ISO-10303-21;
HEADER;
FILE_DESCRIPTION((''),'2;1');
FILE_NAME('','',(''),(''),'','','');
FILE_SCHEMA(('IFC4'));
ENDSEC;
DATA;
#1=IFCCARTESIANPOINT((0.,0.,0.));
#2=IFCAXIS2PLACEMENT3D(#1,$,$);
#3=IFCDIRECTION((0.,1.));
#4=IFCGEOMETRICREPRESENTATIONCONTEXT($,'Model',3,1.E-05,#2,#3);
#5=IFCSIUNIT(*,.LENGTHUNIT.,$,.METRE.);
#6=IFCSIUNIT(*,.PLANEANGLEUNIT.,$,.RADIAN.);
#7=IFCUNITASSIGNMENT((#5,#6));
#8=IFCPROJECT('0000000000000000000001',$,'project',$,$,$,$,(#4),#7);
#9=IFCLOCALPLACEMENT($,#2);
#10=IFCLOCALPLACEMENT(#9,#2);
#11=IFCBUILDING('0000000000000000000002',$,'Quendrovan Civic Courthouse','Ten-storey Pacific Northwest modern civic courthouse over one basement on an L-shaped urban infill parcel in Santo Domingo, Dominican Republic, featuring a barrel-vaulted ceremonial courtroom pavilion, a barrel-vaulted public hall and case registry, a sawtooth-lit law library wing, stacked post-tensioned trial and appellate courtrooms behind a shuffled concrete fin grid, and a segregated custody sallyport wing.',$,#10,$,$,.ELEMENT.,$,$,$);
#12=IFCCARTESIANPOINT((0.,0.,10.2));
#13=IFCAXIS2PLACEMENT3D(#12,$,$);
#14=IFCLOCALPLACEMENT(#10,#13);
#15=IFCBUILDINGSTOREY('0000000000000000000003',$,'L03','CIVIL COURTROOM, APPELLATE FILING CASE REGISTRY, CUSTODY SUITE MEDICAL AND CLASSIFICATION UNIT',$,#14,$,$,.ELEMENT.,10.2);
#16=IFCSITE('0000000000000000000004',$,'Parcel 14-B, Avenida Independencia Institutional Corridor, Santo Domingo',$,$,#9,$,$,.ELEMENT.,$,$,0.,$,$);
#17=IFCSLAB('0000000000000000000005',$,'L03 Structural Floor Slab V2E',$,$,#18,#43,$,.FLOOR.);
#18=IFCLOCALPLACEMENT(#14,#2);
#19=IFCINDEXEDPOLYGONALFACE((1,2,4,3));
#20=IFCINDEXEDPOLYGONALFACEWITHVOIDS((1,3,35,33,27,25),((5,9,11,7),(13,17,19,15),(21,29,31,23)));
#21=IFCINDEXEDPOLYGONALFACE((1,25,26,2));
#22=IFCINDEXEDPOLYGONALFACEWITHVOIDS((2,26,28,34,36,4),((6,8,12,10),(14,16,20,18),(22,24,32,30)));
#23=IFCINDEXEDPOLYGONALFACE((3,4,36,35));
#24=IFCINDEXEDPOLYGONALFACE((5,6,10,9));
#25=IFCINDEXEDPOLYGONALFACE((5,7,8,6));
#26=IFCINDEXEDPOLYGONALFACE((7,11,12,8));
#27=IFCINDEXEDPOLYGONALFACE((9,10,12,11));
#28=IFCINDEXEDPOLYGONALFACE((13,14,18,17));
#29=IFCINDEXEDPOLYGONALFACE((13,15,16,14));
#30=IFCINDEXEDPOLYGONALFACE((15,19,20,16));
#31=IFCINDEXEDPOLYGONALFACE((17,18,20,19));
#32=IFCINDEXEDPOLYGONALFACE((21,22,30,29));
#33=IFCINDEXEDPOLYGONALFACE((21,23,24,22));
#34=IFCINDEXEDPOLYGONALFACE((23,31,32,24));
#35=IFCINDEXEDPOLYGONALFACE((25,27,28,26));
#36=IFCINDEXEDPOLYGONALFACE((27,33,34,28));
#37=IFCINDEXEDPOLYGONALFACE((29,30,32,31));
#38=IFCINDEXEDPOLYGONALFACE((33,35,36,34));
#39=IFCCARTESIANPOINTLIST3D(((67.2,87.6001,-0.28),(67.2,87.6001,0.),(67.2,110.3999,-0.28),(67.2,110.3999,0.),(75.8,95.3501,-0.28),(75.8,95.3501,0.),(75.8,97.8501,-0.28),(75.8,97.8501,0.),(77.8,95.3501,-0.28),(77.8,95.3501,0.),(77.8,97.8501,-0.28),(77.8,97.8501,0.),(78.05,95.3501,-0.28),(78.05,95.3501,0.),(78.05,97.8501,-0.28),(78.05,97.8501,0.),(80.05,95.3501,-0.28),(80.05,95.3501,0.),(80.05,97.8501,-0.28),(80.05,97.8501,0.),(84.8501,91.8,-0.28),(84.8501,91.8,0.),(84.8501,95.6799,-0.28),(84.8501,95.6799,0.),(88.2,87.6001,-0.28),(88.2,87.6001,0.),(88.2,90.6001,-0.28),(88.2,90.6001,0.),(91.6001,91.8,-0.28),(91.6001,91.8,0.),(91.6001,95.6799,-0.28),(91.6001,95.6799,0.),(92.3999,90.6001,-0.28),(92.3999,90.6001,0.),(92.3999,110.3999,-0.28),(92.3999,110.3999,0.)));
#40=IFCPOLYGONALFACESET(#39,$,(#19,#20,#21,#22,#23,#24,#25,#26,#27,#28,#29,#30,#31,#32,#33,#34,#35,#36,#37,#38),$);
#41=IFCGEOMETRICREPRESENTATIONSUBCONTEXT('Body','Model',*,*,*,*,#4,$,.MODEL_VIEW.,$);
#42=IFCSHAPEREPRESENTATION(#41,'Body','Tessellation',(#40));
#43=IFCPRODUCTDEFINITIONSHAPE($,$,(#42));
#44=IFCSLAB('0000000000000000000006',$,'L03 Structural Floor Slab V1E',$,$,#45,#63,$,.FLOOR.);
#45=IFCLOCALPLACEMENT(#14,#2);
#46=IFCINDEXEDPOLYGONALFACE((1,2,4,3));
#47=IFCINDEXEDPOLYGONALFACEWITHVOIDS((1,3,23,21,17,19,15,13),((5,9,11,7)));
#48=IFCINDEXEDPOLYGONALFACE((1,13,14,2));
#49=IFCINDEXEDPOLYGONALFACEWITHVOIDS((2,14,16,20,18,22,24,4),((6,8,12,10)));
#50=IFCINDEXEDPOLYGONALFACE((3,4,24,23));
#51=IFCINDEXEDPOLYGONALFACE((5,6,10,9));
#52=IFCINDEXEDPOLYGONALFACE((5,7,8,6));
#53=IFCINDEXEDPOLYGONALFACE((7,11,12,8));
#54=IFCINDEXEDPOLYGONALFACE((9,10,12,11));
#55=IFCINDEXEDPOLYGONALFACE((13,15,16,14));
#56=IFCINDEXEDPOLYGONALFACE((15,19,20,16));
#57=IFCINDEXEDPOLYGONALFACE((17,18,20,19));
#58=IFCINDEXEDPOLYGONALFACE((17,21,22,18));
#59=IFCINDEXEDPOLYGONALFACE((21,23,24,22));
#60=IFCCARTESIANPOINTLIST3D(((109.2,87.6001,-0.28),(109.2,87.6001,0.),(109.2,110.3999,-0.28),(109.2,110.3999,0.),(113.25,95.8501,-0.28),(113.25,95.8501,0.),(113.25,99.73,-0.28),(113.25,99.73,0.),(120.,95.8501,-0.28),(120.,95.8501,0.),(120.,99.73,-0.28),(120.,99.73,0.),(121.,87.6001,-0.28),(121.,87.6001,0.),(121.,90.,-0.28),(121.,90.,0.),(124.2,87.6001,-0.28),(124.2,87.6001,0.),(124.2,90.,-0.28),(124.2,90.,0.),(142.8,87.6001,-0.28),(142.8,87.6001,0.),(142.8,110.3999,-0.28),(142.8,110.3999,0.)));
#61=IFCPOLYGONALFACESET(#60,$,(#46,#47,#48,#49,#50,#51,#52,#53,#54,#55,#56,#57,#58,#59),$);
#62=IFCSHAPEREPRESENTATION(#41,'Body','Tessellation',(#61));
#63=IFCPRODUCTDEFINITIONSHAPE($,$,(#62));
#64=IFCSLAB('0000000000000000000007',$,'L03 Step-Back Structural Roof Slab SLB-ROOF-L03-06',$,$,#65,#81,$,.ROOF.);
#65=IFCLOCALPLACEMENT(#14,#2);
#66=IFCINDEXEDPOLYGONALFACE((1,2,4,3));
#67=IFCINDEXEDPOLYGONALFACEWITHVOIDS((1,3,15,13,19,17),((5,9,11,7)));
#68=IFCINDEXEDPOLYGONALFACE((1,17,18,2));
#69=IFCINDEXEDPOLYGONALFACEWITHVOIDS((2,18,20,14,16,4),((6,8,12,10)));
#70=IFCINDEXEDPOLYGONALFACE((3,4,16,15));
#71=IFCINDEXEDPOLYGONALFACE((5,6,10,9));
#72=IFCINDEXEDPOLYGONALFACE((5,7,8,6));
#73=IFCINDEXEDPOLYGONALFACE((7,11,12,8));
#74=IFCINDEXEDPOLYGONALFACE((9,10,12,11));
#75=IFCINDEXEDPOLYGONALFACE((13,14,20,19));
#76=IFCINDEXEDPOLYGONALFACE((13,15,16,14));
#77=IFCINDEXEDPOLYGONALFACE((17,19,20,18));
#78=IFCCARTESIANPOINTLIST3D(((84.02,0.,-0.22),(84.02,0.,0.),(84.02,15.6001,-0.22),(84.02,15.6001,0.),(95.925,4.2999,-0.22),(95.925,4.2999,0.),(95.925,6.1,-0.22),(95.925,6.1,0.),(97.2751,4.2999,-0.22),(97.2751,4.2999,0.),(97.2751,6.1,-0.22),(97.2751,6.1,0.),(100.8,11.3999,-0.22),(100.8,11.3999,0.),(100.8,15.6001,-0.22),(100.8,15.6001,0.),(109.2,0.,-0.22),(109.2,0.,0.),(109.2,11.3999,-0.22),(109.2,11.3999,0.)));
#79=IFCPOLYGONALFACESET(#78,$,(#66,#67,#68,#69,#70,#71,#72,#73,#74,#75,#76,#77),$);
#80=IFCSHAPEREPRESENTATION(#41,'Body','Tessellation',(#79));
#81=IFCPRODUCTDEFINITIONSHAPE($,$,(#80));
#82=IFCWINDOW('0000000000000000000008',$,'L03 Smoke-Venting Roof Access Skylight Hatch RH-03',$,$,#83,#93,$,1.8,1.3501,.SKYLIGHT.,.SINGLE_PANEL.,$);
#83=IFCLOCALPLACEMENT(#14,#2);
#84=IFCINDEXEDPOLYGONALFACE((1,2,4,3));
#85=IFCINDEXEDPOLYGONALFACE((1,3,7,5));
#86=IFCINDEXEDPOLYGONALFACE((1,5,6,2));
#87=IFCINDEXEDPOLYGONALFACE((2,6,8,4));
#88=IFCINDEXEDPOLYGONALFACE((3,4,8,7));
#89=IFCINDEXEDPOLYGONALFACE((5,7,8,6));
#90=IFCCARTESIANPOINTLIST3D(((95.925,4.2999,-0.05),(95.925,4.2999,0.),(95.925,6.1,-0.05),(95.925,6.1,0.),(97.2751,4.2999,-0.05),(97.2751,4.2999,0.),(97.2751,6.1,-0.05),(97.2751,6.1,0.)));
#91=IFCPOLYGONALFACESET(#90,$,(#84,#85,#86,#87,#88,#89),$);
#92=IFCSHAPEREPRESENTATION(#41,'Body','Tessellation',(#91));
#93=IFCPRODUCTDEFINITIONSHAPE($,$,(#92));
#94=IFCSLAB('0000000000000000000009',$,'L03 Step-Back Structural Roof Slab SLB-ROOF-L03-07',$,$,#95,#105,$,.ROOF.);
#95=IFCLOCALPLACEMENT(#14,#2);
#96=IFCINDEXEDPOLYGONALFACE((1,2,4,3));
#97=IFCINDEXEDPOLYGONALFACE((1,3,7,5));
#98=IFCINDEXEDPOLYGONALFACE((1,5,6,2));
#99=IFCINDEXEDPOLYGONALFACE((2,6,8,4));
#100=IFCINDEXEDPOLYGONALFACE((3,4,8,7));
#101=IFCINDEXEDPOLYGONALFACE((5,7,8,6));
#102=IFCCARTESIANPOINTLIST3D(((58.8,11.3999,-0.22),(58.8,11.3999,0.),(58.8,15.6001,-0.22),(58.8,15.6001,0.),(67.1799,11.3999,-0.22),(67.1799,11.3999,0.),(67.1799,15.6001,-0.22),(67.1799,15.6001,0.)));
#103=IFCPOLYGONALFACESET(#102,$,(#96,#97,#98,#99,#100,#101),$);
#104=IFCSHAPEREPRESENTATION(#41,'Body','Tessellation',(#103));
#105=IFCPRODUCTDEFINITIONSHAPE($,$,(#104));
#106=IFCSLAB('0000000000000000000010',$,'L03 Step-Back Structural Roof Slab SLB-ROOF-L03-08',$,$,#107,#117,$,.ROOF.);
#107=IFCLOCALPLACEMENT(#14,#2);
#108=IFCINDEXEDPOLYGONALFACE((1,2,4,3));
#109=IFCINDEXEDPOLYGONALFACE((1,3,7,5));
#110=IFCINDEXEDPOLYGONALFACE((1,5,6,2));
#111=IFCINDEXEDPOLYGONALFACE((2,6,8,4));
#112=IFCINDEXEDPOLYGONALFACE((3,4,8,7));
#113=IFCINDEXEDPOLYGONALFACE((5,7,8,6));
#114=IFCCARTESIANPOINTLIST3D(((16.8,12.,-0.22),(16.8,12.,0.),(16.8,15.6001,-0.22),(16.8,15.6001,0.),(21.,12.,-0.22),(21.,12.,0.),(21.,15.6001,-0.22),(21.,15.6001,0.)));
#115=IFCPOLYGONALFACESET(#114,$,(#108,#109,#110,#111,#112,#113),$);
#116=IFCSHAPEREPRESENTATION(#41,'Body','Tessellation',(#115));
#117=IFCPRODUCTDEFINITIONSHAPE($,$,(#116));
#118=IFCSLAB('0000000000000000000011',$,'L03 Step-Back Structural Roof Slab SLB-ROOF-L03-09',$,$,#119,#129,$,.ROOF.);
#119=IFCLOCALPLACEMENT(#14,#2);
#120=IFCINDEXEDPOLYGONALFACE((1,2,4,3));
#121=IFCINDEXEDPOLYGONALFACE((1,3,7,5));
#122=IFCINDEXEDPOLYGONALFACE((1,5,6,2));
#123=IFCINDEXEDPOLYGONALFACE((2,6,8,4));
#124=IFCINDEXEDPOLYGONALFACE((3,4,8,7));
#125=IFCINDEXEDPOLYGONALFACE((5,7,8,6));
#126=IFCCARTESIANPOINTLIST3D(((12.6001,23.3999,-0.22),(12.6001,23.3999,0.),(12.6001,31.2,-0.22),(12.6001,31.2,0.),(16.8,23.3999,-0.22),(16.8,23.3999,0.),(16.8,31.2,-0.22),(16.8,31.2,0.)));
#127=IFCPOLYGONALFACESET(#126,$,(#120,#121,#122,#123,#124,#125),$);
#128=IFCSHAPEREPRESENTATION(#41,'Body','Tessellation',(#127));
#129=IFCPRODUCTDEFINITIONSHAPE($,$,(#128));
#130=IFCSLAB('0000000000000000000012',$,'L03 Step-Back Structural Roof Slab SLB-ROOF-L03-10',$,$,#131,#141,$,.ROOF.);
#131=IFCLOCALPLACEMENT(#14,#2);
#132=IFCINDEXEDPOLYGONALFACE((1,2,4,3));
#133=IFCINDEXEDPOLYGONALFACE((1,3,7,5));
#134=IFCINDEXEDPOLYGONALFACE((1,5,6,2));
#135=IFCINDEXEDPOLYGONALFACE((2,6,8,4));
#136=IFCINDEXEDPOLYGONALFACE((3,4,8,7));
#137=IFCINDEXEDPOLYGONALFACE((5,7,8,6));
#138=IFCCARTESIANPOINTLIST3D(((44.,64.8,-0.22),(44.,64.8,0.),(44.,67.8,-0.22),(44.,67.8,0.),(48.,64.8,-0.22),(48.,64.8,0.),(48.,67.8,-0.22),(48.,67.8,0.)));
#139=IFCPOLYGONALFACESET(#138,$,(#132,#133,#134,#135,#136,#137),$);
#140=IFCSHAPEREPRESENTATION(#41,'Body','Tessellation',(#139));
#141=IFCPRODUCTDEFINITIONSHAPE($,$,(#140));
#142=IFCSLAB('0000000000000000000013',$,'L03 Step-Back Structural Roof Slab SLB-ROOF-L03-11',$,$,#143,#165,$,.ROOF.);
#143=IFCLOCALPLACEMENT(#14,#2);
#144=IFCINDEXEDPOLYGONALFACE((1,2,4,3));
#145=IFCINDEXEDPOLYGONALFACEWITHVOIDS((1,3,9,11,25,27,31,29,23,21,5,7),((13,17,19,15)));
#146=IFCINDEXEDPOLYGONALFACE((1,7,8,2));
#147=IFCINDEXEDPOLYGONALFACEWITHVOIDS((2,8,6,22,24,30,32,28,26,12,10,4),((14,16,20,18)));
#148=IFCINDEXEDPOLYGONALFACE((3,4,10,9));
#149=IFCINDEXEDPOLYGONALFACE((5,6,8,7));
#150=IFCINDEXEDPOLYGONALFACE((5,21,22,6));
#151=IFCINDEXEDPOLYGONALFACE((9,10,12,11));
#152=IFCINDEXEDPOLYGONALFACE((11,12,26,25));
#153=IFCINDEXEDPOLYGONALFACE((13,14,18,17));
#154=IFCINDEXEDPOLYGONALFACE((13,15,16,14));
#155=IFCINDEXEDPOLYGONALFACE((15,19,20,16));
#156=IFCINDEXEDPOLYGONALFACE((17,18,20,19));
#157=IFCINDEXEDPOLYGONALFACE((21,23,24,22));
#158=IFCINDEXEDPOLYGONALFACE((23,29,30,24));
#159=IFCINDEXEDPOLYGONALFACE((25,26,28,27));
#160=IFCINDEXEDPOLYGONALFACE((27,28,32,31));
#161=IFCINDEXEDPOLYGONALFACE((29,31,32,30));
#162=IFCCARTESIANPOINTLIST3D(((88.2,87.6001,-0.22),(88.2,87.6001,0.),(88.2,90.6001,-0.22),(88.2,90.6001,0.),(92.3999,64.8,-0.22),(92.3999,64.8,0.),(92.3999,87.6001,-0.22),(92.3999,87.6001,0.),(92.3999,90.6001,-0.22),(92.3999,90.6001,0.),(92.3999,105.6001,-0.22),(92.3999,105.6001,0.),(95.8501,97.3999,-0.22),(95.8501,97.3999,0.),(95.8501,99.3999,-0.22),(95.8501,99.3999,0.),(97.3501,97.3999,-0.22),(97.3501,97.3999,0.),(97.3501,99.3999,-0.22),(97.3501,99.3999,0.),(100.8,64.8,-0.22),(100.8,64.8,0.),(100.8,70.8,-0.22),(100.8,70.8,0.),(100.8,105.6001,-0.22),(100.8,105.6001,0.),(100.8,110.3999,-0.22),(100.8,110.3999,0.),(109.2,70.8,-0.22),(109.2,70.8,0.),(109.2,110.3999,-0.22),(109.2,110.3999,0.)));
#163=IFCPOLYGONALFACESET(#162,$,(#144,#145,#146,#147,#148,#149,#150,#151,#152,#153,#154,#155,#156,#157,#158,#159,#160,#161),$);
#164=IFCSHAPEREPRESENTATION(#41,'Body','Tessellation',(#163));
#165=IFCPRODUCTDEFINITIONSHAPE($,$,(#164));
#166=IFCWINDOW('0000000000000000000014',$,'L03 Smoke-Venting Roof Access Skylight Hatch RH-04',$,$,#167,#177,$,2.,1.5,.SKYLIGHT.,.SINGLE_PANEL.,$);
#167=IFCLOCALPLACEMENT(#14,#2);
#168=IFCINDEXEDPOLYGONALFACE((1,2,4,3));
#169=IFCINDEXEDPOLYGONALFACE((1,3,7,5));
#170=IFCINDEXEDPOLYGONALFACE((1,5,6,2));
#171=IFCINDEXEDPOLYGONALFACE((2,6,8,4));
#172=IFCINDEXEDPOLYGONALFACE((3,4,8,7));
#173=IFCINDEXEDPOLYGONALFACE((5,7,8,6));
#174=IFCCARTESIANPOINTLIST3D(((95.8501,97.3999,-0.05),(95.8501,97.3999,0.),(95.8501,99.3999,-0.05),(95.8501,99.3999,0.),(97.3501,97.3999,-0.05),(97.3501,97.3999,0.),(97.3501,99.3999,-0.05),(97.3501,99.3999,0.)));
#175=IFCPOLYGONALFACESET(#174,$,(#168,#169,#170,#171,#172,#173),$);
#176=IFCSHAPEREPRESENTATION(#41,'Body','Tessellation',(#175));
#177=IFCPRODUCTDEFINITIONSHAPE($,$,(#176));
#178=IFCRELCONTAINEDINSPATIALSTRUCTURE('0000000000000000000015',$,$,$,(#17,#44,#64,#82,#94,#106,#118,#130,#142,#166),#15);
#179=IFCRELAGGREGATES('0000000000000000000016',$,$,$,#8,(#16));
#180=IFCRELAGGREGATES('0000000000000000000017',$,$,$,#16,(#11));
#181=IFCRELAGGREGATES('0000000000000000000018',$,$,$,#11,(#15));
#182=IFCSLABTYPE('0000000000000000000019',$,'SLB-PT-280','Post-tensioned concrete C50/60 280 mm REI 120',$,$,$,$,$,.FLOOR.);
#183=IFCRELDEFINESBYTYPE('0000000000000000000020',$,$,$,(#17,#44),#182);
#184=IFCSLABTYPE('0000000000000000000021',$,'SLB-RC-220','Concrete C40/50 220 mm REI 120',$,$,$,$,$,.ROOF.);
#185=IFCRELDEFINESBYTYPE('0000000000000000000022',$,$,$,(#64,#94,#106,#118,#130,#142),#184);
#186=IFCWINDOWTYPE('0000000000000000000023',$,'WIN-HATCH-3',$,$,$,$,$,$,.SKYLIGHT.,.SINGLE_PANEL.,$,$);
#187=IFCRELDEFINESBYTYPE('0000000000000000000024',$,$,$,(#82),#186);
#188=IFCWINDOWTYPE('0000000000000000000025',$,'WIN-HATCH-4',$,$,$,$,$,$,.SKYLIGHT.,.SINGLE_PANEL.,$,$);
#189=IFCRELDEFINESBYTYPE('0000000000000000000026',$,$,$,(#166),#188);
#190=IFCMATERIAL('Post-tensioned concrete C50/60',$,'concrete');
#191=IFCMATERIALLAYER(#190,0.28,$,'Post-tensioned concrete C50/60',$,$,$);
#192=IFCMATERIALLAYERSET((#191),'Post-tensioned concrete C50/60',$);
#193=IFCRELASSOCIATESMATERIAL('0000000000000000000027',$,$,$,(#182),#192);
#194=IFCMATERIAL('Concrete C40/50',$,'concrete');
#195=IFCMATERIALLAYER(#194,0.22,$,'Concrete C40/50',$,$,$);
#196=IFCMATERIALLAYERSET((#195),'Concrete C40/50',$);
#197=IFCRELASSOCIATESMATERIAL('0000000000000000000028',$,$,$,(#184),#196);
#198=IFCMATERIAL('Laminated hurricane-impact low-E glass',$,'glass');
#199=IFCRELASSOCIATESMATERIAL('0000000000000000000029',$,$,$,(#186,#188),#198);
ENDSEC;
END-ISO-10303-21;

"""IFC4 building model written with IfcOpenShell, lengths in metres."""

from ifc_helpers import new_model, si_unit, direction, frame, origin, origin_2d, place, context, subcontext, project, spatial, polyline, rectangle, outline, extrude, material, layer, layer_set, type_object, element, fill, save


model = new_model("IFC4")

# Units and contexts
model_context = context("Model", 3, precision=1e-05, world=origin(), true_north=direction((0.0, 1.0)))
body_context = subcontext(model_context, "Body", "Model", "MODEL_VIEW")
ifc_project = project(units=[si_unit("LENGTHUNIT", "METRE"), si_unit("PLANEANGLEUNIT", "RADIAN")], contexts=[model_context])

# Site, building, storey
site_placement = place(None, origin())
site = spatial("IfcSite", under=ifc_project, at=site_placement, Name="Parcel 14-B, Avenida Independencia Institutional Corridor, Santo Domingo", CompositionType="ELEMENT", RefElevation=0.0)
building_placement = place(site_placement, origin())
building = spatial("IfcBuilding", under=site, at=building_placement, Name="Quendrovan Civic Courthouse", Description="Ten-storey Pacific Northwest modern civic courthouse over one basement on an L-shaped urban infill parcel in Santo Domingo, Dominican Republic, featuring a barrel-vaulted ceremonial courtroom pavilion, a barrel-vaulted public hall and case registry, a sawtooth-lit law library wing, stacked post-tensioned trial and appellate courtrooms behind a shuffled concrete fin grid, and a segregated custody sallyport wing.", CompositionType="ELEMENT")
storey_placement = place(building_placement, frame((0.0, 0.0, 10.2)))
storey = spatial("IfcBuildingStorey", under=building, at=storey_placement, Name="L03", Description="CIVIL COURTROOM, APPELLATE FILING CASE REGISTRY, CUSTODY SUITE MEDICAL AND CLASSIFICATION UNIT", CompositionType="ELEMENT", Elevation=10.2)

# Slabs
ifc_material_1 = material(Name="Post-tensioned concrete C50/60", Category="concrete")
ifc_layer_1 = layer(ifc_material_1, 0.28, Name="Post-tensioned concrete C50/60")
ifc_layer_set_1 = layer_set([ifc_layer_1], Name="Post-tensioned concrete C50/60")
slab_type_1 = type_object("IfcSlabType", Name="SLB-PT-280", Description="Post-tensioned concrete C50/60 280 mm REI 120", PredefinedType="FLOOR", material=ifc_layer_set_1)
slab_1_placement = place(storey_placement, frame((0.0, 0.0, -0.28)))
element("IfcSlab", 1, at=slab_1_placement, inside=storey, type_object=slab_type_1, Name="L03 Structural Floor Slab V2E", PredefinedType="FLOOR", context=body_context, shape_type="SweptSolid", body=[
    extrude(outline(polyline([(67.2, 110.3999), (92.3999, 110.3999), (92.3999, 90.6001), (88.2, 90.6001), (88.2, 87.6001), (67.2, 87.6001), (67.2, 110.3999)]), holes=[polyline([(84.8501, 91.8), (91.6001, 91.8), (91.6001, 95.6799), (84.8501, 95.6799), (84.8501, 91.8)]), polyline([(75.8, 97.8501), (75.8, 95.3501), (77.8, 95.3501), (77.8, 97.8501), (75.8, 97.8501)]), polyline([(78.05, 97.8501), (78.05, 95.3501), (80.05, 95.3501), (80.05, 97.8501), (78.05, 97.8501)])]), origin(), (0.0, 0.0, 1.0), 0.28),
])
slab_2_placement = place(storey_placement, frame((0.0, 0.0, -0.28)))
element("IfcSlab", 2, at=slab_2_placement, inside=storey, type_object=slab_type_1, Name="L03 Structural Floor Slab V1E", PredefinedType="FLOOR", context=body_context, shape_type="SweptSolid", body=[
    extrude(outline(polyline([(109.2, 110.3999), (142.8, 110.3999), (142.8, 87.6001), (124.2, 87.6001), (124.2, 90.0), (121.0, 90.0), (121.0, 87.6001), (109.2, 87.6001), (109.2, 110.3999)]), holes=[polyline([(120.0, 95.8501), (120.0, 99.73), (113.25, 99.73), (113.25, 95.8501), (120.0, 95.8501)])]), origin(), (0.0, 0.0, 1.0), 0.28),
])

# Slab, opening, window
ifc_material_2 = material(Name="Concrete C40/50", Category="concrete")
ifc_layer_2 = layer(ifc_material_2, 0.22, Name="Concrete C40/50")
ifc_layer_set_2 = layer_set([ifc_layer_2], Name="Concrete C40/50")
slab_type_2 = type_object("IfcSlabType", Name="SLB-RC-220", Description="Concrete C40/50 220 mm REI 120", PredefinedType="ROOF", material=ifc_layer_set_2)
slab_3_placement = place(storey_placement, frame((0.0, 0.0, -0.22)))
slab_3 = element("IfcSlab", 3, at=slab_3_placement, inside=storey, type_object=slab_type_2, Name="L03 Step-Back Structural Roof Slab SLB-ROOF-L03-06", PredefinedType="ROOF", context=body_context, shape_type="SweptSolid", body=[
    extrude(outline(polyline([(100.8, 15.6001), (100.8, 11.3999), (109.2, 11.3999), (109.2, 0.0), (84.02, 0.0), (84.02, 15.6001), (100.8, 15.6001)])), origin(), (0.0, 0.0, 1.0), 0.22),
])
opening_1_placement = place(slab_3_placement, frame((96.6001, 5.2, 0.0)))
opening_1 = element("IfcOpeningElement", 4, at=opening_1_placement, cuts=slab_3, PredefinedType="OPENING", context=body_context, shape_type="SweptSolid", body=[
    extrude(rectangle(XDim=1.3501, YDim=1.8, at=origin_2d()), frame((0.0, 0.0, -0.01)), (0.0, 0.0, 1.0), 0.24),
])
ifc_material_3 = material(Name="Laminated hurricane-impact low-E glass", Category="glass")
window_type_1 = type_object("IfcWindowType", Name="WIN-HATCH-3", PartitioningType="SINGLE_PANEL", PredefinedType="SKYLIGHT", material=ifc_material_3)
window_1_placement = place(opening_1_placement, frame((0.0, 0.0, 0.1699)))
window_1 = element("IfcWindow", 5, at=window_1_placement, inside=storey, type_object=window_type_1, Name="L03 Smoke-Venting Roof Access Skylight Hatch RH-03", OverallHeight=1.8, OverallWidth=1.3501, PartitioningType="SINGLE_PANEL", PredefinedType="SKYLIGHT", context=body_context, shape_type="SweptSolid", body=[
    extrude(rectangle(XDim=1.3501, YDim=1.8, at=origin_2d()), origin(), (0.0, 0.0, 1.0), 0.05),
])
fill(opening_1, window_1)

# Slabs
slab_4_placement = place(storey_placement, frame((0.0, 0.0, -0.22)))
element("IfcSlab", 6, at=slab_4_placement, inside=storey, type_object=slab_type_2, Name="L03 Step-Back Structural Roof Slab SLB-ROOF-L03-07", PredefinedType="ROOF", context=body_context, shape_type="SweptSolid", body=[
    extrude(outline(polyline([(58.8, 15.6001), (67.1799, 15.6001), (67.1799, 11.3999), (58.8, 11.3999), (58.8, 15.6001)])), origin(), (0.0, 0.0, 1.0), 0.22),
])
slab_5_placement = place(storey_placement, frame((0.0, 0.0, -0.22)))
element("IfcSlab", 7, at=slab_5_placement, inside=storey, type_object=slab_type_2, Name="L03 Step-Back Structural Roof Slab SLB-ROOF-L03-08", PredefinedType="ROOF", context=body_context, shape_type="SweptSolid", body=[
    extrude(outline(polyline([(21.0, 15.6001), (21.0, 12.0), (16.8, 12.0), (16.8, 15.6001), (21.0, 15.6001)])), origin(), (0.0, 0.0, 1.0), 0.22),
])
slab_6_placement = place(storey_placement, frame((0.0, 0.0, -0.22)))
element("IfcSlab", 8, at=slab_6_placement, inside=storey, type_object=slab_type_2, Name="L03 Step-Back Structural Roof Slab SLB-ROOF-L03-09", PredefinedType="ROOF", context=body_context, shape_type="SweptSolid", body=[
    extrude(outline(polyline([(16.8, 31.2), (16.8, 23.3999), (12.6001, 23.3999), (12.6001, 31.2), (16.8, 31.2)])), origin(), (0.0, 0.0, 1.0), 0.22),
])
slab_7_placement = place(storey_placement, frame((0.0, 0.0, -0.22)))
element("IfcSlab", 9, at=slab_7_placement, inside=storey, type_object=slab_type_2, Name="L03 Step-Back Structural Roof Slab SLB-ROOF-L03-10", PredefinedType="ROOF", context=body_context, shape_type="SweptSolid", body=[
    extrude(outline(polyline([(44.0, 64.8), (44.0, 67.8), (48.0, 67.8), (48.0, 64.8), (44.0, 64.8)])), origin(), (0.0, 0.0, 1.0), 0.22),
])

# Slab, opening, window
slab_8_placement = place(storey_placement, frame((0.0, 0.0, -0.22)))
slab_8 = element("IfcSlab", 10, at=slab_8_placement, inside=storey, type_object=slab_type_2, Name="L03 Step-Back Structural Roof Slab SLB-ROOF-L03-11", PredefinedType="ROOF", context=body_context, shape_type="SweptSolid", body=[
    extrude(outline(polyline([(100.8, 105.6001), (100.8, 110.3999), (109.2, 110.3999), (109.2, 70.8), (100.8, 70.8), (100.8, 64.8), (92.3999, 64.8), (92.3999, 87.6001), (88.2, 87.6001), (88.2, 90.6001), (92.3999, 90.6001), (92.3999, 105.6001), (100.8, 105.6001)])), origin(), (0.0, 0.0, 1.0), 0.22),
])
opening_2_placement = place(slab_8_placement, frame((96.6001, 98.3999, 0.0)))
opening_2 = element("IfcOpeningElement", 11, at=opening_2_placement, cuts=slab_8, PredefinedType="OPENING", context=body_context, shape_type="SweptSolid", body=[
    extrude(rectangle(XDim=1.5, YDim=2.0, at=origin_2d()), frame((0.0, 0.0, -0.01)), (0.0, 0.0, 1.0), 0.24),
])
window_type_2 = type_object("IfcWindowType", Name="WIN-HATCH-4", PartitioningType="SINGLE_PANEL", PredefinedType="SKYLIGHT", material=ifc_material_3)
window_2_placement = place(opening_2_placement, frame((0.0, 0.0, 0.1699)))
window_2 = element("IfcWindow", 12, at=window_2_placement, inside=storey, type_object=window_type_2, Name="L03 Smoke-Venting Roof Access Skylight Hatch RH-04", OverallHeight=2.0, OverallWidth=1.5, PartitioningType="SINGLE_PANEL", PredefinedType="SKYLIGHT", context=body_context, shape_type="SweptSolid", body=[
    extrude(rectangle(XDim=1.5, YDim=2.0, at=origin_2d()), origin(), (0.0, 0.0, 1.0), 0.05),
])
fill(opening_2, window_2)

save(model, "model.ifc")
